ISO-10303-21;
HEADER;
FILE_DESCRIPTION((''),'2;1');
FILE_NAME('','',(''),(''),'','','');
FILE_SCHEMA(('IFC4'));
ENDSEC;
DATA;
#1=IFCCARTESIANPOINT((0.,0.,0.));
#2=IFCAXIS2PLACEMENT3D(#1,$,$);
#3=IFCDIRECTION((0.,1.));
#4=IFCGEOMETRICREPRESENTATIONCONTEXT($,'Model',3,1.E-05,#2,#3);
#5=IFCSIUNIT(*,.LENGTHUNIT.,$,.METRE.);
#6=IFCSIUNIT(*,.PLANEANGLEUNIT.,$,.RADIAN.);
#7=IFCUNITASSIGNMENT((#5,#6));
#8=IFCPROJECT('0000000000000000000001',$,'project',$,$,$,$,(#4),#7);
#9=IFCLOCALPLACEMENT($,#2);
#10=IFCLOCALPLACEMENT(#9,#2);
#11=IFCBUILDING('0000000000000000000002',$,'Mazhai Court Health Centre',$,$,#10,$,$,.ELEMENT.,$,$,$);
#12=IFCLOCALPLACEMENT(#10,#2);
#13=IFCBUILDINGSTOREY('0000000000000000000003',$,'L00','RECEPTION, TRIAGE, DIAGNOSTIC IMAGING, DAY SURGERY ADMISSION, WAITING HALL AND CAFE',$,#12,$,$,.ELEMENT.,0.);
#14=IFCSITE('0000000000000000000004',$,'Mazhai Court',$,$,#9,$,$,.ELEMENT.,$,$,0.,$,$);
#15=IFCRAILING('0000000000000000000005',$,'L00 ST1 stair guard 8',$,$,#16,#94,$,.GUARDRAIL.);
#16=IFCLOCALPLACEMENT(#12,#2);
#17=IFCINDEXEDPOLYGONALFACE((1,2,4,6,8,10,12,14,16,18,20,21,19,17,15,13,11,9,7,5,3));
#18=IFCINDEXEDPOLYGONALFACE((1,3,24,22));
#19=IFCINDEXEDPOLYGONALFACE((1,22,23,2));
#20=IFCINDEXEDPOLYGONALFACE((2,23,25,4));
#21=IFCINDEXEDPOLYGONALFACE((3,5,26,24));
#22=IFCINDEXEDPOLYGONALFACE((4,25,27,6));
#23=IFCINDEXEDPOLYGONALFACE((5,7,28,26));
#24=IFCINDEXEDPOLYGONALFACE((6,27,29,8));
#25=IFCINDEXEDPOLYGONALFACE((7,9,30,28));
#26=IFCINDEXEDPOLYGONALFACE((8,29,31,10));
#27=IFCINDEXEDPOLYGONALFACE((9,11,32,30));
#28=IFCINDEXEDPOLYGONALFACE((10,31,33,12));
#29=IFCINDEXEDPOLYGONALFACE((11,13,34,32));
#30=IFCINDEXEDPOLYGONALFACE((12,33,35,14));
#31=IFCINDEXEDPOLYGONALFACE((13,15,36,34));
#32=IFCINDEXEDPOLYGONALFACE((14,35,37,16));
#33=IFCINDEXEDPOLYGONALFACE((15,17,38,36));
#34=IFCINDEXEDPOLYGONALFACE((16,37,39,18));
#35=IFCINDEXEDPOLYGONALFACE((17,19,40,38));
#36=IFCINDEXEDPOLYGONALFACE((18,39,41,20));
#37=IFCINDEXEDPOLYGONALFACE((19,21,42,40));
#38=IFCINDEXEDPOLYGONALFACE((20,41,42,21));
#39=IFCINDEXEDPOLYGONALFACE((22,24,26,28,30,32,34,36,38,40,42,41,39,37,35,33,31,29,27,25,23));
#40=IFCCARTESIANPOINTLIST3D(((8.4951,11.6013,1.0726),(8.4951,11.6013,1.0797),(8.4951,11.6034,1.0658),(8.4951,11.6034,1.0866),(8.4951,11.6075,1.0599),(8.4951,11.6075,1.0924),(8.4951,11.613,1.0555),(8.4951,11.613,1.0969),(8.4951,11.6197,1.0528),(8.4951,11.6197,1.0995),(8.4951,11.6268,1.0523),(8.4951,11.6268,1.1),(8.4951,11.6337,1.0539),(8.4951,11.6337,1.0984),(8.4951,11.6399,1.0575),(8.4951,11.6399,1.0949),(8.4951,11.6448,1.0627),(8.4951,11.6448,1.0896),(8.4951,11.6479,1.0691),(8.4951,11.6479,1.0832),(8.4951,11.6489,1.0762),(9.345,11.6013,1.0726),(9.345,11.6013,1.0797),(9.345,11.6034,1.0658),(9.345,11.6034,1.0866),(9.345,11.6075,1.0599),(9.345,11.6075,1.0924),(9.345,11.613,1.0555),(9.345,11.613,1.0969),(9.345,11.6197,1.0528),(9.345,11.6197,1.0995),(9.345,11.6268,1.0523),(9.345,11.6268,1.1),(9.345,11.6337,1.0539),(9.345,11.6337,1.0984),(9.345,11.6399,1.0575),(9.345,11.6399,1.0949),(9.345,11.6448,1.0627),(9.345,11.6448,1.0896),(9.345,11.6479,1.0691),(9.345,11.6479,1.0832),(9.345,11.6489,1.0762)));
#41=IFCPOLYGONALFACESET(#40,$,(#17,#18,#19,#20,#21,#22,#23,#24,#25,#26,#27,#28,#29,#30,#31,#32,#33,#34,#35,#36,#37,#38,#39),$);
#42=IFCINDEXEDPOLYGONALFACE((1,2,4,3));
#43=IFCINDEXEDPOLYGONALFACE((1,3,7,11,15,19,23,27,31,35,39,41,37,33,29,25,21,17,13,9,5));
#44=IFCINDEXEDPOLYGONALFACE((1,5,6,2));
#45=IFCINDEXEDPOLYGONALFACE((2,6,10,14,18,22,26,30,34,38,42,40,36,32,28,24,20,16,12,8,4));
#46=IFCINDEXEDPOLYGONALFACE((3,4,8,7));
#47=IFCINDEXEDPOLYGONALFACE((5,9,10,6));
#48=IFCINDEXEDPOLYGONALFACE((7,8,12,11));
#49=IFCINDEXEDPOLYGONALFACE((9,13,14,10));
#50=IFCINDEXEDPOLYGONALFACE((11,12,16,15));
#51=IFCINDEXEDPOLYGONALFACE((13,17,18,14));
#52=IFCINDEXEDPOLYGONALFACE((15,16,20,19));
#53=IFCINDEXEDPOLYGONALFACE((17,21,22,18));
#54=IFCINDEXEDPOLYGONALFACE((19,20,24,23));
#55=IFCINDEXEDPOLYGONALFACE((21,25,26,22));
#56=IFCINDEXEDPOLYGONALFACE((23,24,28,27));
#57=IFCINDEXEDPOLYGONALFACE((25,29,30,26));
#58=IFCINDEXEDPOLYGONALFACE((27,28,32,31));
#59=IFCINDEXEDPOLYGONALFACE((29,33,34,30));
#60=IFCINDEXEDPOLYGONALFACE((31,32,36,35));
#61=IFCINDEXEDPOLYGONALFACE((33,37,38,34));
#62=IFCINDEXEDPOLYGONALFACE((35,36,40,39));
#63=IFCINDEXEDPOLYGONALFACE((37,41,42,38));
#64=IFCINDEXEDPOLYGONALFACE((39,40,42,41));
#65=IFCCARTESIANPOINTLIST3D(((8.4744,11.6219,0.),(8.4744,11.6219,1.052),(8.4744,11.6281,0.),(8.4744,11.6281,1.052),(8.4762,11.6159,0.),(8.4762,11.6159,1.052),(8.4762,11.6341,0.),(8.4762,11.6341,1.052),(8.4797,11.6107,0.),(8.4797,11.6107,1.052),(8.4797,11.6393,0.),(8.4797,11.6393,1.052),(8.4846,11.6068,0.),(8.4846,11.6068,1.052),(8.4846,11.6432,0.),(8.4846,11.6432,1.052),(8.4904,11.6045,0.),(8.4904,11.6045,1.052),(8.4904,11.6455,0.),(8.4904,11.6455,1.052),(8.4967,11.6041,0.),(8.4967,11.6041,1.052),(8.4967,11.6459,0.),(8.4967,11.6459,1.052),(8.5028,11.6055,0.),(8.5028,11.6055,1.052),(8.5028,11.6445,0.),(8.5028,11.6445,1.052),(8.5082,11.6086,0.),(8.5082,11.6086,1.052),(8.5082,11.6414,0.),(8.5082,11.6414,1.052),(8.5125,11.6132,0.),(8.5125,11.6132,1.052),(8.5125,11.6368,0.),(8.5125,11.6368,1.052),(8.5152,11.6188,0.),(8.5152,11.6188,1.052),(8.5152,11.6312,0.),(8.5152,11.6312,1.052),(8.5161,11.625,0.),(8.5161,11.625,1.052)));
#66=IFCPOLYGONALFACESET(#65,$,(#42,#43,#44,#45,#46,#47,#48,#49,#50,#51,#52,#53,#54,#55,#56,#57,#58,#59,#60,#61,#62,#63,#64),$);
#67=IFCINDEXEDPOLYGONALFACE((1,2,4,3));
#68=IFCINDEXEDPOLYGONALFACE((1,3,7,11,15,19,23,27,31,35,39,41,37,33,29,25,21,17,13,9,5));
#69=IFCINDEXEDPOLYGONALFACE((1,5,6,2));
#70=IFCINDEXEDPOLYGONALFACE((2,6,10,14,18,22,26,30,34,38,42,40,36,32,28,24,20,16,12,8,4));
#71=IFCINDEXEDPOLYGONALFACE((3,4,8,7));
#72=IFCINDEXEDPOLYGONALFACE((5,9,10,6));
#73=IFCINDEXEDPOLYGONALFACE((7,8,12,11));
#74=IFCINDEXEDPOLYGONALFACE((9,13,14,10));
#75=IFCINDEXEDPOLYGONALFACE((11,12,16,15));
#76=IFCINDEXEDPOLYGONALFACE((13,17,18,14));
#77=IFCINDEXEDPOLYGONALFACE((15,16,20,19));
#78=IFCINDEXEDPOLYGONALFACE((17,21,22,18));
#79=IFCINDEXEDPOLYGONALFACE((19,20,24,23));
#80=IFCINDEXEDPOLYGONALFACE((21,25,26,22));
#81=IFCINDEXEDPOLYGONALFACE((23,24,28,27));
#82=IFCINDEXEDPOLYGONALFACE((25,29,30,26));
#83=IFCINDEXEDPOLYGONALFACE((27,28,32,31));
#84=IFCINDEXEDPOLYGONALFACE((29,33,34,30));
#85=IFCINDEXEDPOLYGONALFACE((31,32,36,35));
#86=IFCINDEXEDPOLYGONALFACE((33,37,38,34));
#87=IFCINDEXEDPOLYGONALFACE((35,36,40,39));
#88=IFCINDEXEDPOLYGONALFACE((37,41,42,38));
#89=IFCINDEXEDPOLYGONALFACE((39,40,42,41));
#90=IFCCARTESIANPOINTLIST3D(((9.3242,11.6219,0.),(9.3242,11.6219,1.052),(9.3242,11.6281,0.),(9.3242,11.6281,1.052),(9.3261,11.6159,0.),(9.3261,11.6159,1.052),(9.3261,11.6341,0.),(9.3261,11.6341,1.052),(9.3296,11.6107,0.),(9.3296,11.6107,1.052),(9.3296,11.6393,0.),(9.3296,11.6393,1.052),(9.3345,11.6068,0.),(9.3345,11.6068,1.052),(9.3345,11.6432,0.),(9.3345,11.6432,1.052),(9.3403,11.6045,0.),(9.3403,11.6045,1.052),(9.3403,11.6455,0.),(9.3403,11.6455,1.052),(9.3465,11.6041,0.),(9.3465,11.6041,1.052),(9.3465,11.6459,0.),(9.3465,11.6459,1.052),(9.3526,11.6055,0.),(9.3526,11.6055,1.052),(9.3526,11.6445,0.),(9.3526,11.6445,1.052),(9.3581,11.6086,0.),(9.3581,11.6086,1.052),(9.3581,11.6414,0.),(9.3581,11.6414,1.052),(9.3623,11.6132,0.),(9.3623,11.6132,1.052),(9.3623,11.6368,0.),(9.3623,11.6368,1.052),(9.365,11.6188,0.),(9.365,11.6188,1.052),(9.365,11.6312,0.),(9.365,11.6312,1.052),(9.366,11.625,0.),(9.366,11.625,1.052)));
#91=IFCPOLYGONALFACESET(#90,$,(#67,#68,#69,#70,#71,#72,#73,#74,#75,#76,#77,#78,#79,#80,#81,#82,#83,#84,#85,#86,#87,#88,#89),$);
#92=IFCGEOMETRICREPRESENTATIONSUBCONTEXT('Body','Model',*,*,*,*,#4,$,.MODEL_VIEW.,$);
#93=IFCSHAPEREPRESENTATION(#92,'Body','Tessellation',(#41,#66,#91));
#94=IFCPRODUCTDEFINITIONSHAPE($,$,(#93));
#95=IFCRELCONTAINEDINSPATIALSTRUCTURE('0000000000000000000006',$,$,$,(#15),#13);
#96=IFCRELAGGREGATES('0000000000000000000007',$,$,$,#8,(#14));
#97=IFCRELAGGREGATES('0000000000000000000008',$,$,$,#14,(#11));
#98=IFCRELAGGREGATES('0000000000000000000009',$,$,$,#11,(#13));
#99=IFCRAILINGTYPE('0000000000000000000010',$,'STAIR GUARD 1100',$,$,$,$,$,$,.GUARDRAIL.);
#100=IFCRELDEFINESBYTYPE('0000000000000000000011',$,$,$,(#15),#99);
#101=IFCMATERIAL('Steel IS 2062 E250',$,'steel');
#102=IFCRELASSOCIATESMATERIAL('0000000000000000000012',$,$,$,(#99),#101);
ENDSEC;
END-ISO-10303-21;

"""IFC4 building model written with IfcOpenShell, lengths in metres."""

from ifc_helpers import new_model, si_unit, direction, frame, origin, origin_2d, place, context, subcontext, project, spatial, circle, extrude, material, type_object, element, save


model = new_model("IFC4")

# Units and contexts
model_context = context("Model", 3, precision=1e-05, world=origin(), true_north=direction((0.0, 1.0)))
body_context = subcontext(model_context, "Body", "Model", "MODEL_VIEW")
ifc_project = project(units=[si_unit("LENGTHUNIT", "METRE"), si_unit("PLANEANGLEUNIT", "RADIAN")], contexts=[model_context])

# Site, building, storey
site_placement = place(None, origin())
site = spatial("IfcSite", under=ifc_project, at=site_placement, Name="Mazhai Court", CompositionType="ELEMENT", RefElevation=0.0)
building_placement = place(site_placement, origin())
building = spatial("IfcBuilding", under=site, at=building_placement, Name="Mazhai Court Health Centre", CompositionType="ELEMENT")
storey_placement = place(building_placement, origin())
storey = spatial("IfcBuildingStorey", under=building, at=storey_placement, Name="L00", Description="RECEPTION, TRIAGE, DIAGNOSTIC IMAGING, DAY SURGERY ADMISSION, WAITING HALL AND CAFE", CompositionType="ELEMENT", Elevation=0.0)

# Railing
ifc_material_1 = material(Name="Steel IS 2062 E250", Category="steel")
railing_type_1 = type_object("IfcRailingType", Name="STAIR GUARD 1100", PredefinedType="GUARDRAIL", material=ifc_material_1)
railing_1_placement = place(storey_placement, frame((8.4951, 11.625, 0.0)))
element("IfcRailing", 1, at=railing_1_placement, inside=storey, type_object=railing_type_1, Name="L00 ST1 stair guard 8", PredefinedType="GUARDRAIL", context=body_context, shape_type="SweptSolid", body=[
    extrude(circle(Radius=0.0239, at=origin_2d()), frame((0.0, 0.0, 1.0762), z_axis=(1.0, 0.0, 0.0), x_axis=(0.0, 1.0, 0.0)), (0.0, 0.0, 1.0), 0.8499),
    extrude(circle(Radius=0.021, at=origin_2d()), origin(), (0.0, 0.0, 1.0), 1.052),
    extrude(circle(Radius=0.021, at=origin_2d()), frame((0.8499, 0.0, 0.0)), (0.0, 0.0, 1.0), 1.052),
])

save(model, "model.ifc")
